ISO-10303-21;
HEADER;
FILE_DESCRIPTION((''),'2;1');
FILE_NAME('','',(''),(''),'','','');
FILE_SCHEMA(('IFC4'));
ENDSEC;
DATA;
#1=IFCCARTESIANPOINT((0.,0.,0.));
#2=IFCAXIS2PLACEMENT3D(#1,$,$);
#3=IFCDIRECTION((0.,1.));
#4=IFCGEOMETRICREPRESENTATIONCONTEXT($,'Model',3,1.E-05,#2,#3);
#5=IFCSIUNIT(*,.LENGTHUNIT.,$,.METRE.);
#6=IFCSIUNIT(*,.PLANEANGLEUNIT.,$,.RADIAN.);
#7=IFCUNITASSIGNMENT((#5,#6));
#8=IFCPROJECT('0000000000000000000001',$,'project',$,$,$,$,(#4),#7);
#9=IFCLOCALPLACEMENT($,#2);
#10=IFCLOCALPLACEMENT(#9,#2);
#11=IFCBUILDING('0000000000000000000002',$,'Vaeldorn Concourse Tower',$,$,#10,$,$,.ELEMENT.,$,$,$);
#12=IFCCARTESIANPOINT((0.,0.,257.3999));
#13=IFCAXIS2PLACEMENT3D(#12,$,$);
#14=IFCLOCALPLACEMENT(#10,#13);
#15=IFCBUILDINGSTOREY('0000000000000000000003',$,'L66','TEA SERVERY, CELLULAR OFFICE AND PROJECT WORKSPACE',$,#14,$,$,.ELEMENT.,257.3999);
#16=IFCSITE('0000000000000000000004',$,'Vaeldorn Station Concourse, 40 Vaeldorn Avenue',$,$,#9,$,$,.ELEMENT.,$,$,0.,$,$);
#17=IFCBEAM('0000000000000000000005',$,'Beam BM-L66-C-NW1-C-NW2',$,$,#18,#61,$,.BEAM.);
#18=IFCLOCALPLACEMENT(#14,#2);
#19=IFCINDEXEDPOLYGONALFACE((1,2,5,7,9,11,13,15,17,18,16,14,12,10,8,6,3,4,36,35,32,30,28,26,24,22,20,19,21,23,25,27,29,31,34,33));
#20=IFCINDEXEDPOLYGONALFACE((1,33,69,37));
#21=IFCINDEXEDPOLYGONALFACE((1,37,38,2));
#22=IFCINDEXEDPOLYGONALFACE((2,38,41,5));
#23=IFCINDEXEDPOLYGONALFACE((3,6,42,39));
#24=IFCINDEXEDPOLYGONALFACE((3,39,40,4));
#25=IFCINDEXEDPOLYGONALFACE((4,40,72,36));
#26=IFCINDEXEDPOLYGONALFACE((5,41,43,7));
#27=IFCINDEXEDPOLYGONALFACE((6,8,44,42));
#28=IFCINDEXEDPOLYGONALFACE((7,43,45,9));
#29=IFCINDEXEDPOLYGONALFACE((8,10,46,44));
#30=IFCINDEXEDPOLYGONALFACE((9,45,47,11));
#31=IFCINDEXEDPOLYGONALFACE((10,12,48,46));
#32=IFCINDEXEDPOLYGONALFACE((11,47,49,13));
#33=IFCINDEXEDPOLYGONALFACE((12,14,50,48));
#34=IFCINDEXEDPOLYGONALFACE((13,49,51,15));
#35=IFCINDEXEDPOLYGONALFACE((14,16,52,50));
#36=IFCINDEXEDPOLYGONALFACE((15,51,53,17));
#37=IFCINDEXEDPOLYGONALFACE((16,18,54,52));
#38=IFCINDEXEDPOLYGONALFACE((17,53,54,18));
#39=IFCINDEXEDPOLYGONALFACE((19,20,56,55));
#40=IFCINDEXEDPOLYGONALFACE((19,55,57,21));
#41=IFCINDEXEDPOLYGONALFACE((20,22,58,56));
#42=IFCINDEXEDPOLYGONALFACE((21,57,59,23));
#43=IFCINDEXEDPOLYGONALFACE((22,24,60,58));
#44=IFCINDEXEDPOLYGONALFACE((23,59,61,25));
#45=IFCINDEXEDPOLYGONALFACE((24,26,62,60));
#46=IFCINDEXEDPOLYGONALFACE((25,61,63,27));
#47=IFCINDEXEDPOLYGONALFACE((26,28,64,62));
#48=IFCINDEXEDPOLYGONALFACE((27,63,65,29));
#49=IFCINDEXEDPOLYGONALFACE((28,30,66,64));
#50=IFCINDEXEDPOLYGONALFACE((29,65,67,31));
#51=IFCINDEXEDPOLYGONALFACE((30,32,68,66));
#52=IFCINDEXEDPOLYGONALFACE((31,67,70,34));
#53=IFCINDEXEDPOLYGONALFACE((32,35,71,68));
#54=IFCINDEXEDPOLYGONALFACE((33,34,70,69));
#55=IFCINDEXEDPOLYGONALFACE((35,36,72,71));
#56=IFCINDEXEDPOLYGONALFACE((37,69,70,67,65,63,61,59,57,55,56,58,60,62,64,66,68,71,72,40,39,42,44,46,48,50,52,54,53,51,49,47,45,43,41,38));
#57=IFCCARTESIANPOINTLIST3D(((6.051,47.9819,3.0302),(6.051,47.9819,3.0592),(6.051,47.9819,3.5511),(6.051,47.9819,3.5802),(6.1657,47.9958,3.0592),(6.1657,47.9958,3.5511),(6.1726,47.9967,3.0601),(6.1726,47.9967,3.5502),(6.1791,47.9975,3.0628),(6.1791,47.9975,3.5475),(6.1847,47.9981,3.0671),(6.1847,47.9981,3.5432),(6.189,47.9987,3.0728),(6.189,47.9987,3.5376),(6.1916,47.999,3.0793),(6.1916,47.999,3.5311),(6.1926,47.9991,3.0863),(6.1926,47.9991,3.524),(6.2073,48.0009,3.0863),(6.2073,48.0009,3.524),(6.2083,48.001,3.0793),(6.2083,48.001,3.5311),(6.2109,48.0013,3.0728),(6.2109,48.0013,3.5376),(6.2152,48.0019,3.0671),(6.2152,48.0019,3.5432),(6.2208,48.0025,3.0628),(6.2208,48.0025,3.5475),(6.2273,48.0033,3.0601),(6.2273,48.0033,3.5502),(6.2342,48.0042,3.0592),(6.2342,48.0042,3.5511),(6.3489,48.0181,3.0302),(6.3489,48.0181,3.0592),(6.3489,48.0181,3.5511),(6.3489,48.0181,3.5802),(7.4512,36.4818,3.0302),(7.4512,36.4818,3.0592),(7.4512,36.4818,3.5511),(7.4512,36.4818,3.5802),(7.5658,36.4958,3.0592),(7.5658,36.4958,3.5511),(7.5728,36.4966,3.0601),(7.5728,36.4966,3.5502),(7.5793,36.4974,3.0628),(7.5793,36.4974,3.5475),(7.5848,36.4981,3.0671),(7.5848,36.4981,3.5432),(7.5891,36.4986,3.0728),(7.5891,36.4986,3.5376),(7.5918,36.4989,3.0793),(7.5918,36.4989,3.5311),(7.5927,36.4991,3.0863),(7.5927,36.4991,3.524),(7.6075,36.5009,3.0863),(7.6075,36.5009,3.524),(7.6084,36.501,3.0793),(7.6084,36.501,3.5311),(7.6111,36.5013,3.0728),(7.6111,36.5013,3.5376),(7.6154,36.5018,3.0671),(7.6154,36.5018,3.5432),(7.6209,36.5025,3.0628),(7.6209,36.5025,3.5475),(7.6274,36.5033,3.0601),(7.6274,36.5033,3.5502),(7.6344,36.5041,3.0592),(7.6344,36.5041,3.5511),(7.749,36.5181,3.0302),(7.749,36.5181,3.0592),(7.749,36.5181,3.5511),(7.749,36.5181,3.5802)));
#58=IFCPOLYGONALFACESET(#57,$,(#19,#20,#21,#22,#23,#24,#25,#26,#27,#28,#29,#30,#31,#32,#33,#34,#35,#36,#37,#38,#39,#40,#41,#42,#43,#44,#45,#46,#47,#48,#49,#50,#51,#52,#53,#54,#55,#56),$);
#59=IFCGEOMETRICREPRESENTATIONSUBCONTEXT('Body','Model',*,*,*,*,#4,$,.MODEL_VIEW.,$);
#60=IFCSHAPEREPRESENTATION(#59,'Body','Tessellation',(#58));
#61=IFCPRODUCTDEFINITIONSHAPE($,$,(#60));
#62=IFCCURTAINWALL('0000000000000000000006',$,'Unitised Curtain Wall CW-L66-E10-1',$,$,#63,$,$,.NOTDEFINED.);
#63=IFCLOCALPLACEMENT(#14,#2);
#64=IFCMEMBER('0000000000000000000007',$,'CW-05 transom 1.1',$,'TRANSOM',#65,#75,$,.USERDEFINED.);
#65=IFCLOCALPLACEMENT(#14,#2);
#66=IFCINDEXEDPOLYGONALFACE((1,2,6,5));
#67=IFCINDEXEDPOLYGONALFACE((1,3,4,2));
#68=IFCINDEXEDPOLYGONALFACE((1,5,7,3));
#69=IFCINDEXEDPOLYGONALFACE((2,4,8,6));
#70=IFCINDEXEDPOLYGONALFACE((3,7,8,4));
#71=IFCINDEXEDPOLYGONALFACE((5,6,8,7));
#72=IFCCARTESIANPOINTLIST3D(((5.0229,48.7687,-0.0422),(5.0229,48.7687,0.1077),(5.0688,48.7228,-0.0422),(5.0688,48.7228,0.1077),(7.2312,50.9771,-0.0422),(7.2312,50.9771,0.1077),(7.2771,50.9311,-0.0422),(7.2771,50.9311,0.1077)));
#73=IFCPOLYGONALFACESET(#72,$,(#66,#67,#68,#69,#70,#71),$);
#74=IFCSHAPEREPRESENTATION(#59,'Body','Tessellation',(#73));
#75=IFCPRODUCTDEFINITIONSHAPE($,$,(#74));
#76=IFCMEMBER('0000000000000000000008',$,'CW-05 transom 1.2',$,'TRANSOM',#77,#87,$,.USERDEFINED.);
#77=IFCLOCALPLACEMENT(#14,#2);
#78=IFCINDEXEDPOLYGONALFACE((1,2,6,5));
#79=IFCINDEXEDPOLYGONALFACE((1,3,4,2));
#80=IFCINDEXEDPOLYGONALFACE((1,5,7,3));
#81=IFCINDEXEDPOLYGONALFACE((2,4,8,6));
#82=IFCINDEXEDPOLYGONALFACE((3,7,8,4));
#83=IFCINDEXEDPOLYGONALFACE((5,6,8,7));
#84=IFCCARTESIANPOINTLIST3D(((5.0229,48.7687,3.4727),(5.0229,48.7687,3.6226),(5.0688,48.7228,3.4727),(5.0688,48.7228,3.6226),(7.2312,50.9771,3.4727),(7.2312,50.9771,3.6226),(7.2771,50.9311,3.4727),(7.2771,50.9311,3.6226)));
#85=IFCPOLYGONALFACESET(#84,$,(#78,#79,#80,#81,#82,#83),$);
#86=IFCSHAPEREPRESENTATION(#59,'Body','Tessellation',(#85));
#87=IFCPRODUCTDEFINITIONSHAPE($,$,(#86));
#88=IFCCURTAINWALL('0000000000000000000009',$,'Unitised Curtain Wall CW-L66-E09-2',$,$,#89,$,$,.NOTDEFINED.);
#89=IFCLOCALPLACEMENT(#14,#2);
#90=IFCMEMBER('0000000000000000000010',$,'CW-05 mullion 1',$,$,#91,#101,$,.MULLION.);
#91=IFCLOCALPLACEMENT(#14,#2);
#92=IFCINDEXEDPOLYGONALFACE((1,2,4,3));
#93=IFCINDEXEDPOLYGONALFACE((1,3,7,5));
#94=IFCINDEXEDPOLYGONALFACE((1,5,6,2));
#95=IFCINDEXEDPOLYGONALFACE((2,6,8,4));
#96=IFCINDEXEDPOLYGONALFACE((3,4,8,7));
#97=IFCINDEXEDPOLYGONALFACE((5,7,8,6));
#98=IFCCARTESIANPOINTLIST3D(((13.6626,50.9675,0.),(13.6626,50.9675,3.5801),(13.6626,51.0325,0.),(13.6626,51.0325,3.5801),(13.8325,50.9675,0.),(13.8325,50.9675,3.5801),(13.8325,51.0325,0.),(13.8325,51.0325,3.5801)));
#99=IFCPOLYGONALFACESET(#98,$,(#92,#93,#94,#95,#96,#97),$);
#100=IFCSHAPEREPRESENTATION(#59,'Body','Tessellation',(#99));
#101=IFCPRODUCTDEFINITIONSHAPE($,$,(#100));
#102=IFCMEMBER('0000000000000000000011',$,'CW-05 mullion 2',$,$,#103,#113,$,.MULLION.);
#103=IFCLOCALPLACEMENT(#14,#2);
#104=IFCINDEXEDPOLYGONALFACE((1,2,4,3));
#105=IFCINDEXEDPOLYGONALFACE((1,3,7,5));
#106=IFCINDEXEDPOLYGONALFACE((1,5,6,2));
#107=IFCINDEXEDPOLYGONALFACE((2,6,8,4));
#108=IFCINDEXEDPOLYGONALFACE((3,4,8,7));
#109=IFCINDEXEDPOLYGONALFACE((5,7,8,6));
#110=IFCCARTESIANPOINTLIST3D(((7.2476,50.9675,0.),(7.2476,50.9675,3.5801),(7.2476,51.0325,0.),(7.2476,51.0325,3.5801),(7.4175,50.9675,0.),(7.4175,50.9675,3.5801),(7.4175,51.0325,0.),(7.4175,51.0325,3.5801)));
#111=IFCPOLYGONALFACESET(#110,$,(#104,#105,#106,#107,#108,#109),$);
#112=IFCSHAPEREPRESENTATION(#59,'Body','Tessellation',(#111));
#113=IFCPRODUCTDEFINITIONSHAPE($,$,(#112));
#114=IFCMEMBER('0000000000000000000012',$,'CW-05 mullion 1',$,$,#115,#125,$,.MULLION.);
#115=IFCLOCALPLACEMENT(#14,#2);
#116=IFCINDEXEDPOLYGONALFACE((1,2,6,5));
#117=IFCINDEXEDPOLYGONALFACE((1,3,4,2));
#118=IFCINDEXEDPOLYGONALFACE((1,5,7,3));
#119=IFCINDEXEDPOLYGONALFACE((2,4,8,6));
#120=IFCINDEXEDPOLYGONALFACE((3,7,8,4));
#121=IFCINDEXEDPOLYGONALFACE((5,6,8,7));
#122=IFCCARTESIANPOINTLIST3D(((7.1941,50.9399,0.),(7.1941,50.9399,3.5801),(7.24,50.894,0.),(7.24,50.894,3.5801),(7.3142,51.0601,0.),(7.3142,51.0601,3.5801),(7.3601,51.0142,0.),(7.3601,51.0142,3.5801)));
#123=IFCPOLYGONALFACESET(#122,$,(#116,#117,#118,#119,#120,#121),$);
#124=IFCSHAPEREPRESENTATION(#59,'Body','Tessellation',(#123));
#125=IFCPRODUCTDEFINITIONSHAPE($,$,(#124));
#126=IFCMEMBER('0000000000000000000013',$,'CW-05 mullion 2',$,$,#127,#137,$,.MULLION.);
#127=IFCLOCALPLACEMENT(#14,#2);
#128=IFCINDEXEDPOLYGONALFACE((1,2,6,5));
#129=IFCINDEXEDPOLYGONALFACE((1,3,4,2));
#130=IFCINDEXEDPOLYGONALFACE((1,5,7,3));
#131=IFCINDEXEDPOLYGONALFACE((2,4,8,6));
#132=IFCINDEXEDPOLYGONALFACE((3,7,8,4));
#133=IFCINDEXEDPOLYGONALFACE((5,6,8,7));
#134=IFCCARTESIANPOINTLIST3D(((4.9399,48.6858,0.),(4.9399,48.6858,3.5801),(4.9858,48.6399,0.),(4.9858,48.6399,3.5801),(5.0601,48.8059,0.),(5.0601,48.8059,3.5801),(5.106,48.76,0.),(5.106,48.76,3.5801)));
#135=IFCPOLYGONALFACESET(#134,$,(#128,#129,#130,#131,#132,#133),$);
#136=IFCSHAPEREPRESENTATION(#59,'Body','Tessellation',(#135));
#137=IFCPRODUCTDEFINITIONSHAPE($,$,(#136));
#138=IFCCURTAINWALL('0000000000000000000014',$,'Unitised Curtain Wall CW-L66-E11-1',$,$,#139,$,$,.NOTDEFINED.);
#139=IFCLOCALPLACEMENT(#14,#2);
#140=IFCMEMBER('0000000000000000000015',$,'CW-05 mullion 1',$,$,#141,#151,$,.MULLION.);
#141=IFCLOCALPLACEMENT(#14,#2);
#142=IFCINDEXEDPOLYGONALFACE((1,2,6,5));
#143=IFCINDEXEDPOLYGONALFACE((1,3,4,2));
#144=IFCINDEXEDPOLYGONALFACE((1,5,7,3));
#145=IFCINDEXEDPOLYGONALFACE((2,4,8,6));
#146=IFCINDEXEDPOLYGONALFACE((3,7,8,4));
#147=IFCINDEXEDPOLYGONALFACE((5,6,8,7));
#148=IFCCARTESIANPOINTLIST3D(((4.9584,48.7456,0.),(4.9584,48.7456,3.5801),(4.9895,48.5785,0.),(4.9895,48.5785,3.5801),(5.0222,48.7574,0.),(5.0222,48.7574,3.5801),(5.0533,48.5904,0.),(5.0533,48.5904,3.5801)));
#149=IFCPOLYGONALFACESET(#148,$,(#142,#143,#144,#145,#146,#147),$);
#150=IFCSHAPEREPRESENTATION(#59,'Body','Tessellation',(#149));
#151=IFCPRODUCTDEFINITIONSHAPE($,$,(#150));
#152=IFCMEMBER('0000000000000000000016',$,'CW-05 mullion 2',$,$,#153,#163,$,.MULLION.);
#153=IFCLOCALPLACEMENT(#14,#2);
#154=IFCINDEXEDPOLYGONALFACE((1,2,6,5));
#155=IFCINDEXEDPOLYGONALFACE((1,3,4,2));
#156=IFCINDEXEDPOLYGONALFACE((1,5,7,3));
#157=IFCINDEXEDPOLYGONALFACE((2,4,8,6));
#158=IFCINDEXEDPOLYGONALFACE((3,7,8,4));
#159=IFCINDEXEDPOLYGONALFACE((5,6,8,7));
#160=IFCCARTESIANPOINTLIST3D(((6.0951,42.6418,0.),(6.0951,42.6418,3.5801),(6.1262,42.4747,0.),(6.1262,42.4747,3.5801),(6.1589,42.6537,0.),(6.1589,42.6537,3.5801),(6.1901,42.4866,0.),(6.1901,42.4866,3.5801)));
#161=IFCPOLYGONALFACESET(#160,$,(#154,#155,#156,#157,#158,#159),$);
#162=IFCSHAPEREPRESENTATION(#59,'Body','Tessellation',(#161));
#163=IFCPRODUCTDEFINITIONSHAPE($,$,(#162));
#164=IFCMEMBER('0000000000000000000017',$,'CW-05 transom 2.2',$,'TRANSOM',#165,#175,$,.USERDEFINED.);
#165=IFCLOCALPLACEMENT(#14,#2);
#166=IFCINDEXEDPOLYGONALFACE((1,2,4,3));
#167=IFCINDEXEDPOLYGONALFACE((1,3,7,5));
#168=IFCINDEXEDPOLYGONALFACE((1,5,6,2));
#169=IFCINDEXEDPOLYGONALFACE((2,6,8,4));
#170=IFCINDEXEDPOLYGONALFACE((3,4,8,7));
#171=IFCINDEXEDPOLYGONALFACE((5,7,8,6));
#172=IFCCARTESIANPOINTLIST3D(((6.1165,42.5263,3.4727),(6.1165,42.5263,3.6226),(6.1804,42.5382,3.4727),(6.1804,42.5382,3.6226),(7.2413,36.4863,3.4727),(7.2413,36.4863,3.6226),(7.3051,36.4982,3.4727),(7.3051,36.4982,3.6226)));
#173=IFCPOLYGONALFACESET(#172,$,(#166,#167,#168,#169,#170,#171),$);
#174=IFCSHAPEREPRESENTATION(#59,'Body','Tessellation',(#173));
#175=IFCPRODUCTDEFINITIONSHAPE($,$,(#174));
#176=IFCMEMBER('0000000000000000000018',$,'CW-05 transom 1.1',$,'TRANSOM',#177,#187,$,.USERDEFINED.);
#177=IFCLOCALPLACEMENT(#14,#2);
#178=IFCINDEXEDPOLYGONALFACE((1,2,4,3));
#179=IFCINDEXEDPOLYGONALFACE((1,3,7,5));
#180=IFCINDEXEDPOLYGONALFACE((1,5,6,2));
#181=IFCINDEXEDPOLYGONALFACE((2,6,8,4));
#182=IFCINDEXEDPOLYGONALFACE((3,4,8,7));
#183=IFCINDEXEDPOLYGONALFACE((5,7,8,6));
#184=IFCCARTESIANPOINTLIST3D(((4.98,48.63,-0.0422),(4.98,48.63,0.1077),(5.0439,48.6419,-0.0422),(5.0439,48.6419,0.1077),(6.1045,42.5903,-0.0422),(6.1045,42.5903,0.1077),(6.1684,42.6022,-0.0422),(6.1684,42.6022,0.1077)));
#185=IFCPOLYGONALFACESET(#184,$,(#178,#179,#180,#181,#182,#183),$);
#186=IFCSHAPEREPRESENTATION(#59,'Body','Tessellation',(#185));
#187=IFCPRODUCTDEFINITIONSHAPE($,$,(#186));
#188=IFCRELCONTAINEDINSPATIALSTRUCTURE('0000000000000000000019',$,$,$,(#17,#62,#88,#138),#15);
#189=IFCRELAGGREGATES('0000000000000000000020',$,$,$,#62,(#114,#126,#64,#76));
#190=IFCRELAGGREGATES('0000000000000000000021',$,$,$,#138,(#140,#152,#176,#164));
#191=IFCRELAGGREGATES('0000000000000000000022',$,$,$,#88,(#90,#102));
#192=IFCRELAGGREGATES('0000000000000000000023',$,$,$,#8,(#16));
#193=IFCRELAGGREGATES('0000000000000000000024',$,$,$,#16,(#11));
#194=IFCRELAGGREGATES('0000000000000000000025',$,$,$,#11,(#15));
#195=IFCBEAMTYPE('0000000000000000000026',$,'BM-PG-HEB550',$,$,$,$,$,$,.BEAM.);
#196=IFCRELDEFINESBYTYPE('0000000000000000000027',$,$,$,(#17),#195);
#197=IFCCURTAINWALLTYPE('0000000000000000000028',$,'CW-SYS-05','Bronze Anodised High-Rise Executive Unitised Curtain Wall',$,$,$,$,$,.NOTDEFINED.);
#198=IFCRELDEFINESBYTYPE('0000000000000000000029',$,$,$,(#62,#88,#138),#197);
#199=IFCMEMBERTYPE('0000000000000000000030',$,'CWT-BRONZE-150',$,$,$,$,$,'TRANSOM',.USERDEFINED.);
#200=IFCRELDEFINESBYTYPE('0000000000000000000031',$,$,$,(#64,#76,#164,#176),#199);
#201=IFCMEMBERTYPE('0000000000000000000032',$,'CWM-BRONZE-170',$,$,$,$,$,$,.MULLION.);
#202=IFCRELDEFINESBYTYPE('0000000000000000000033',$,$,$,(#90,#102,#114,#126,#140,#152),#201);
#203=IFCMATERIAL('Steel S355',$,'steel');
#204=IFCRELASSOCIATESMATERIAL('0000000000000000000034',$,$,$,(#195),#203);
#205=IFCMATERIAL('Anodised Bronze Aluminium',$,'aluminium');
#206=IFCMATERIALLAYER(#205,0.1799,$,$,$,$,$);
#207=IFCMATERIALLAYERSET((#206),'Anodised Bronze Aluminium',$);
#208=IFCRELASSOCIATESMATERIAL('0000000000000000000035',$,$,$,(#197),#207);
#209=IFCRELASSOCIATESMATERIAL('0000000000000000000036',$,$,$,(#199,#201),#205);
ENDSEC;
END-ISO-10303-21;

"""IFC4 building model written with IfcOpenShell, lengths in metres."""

from ifc_helpers import new_model, si_unit, direction, frame, origin, origin_2d, place, context, subcontext, project, spatial, rectangle, i_section, extrude, source, transform, mapped, material, layer, layer_set, material_profile, profile_set, type_object, element, aggregate, save


model = new_model("IFC4")

# Units and contexts
model_context = context("Model", 3, precision=1e-05, world=origin(), true_north=direction((0.0, 1.0)))
body_context = subcontext(model_context, "Body", "Model", "MODEL_VIEW")
ifc_project = project(units=[si_unit("LENGTHUNIT", "METRE"), si_unit("PLANEANGLEUNIT", "RADIAN")], contexts=[model_context])

# Site, building, storey
site_placement = place(None, origin())
site = spatial("IfcSite", under=ifc_project, at=site_placement, Name="Vaeldorn Station Concourse, 40 Vaeldorn Avenue", CompositionType="ELEMENT", RefElevation=0.0)
building_placement = place(site_placement, origin())
building = spatial("IfcBuilding", under=site, at=building_placement, Name="Vaeldorn Concourse Tower", CompositionType="ELEMENT")
storey_placement = place(building_placement, frame((0.0, 0.0, 257.3999)))
storey = spatial("IfcBuildingStorey", under=building, at=storey_placement, Name="L66", Description="TEA SERVERY, CELLULAR OFFICE AND PROJECT WORKSPACE", CompositionType="ELEMENT", Elevation=257.3999)

# Shared definitions
ifc_material_1 = material(Name="Steel S355", Category="steel")

# Beam
ifc_material_profile_1 = material_profile(ifc_material_1, i_section(OverallWidth=0.3, OverallDepth=0.55, WebThickness=0.0149, FlangeThickness=0.0291, FilletRadius=0.0271, at=origin_2d()), Name="HEB 550")
ifc_profile_set_1 = profile_set([ifc_material_profile_1], Name="Steel S355")
beam_type_1 = type_object("IfcBeamType", Name="BM-PG-HEB550", PredefinedType="BEAM", material=ifc_profile_set_1)
shared_shape_1 = source(origin(), body_context, "Body", "SweptSolid", [
    extrude(i_section(OverallWidth=0.3, OverallDepth=0.55, WebThickness=0.0149, FlangeThickness=0.0291, FilletRadius=0.0271, at=origin_2d()), origin(), (0.0, 0.0, 1.0), 11.585),
])
beam_1_placement = place(storey_placement, frame((6.2, 48.0, 3.3052), z_axis=(0.120859, -0.99267, 0.0), x_axis=(0.99267, 0.120859, 0.0)))
element("IfcBeam", 1, at=beam_1_placement, inside=storey, type_object=beam_type_1, Name="Beam BM-L66-C-NW1-C-NW2", PredefinedType="BEAM", context=body_context, shape_type="MappedRepresentation", body=[
    mapped(shared_shape_1, transform((0.0, 0.0, 0.0), scale=1.0)),
])

# Curtain walls, members
ifc_material_2 = material(Name="Anodised Bronze Aluminium", Category="aluminium")
ifc_layer_1 = layer(ifc_material_2, 0.1799)
ifc_layer_set_1 = layer_set([ifc_layer_1], Name="Anodised Bronze Aluminium")
curtain_wall_type = type_object("IfcCurtainWallType", Name="CW-SYS-05", Description="Bronze Anodised High-Rise Executive Unitised Curtain Wall", PredefinedType="NOTDEFINED", material=ifc_layer_set_1)
curtain_wall_1_placement = place(storey_placement, origin())
curtain_wall_1 = element("IfcCurtainWall", 2, at=curtain_wall_1_placement, inside=storey, type_object=curtain_wall_type, Name="Unitised Curtain Wall CW-L66-E10-1", PredefinedType="NOTDEFINED")
ifc_material_profile_2 = material_profile(ifc_material_2, rectangle(XDim=0.0649, YDim=0.1499, at=origin_2d()), Name="CWT 65x150")
ifc_profile_set_2 = profile_set([ifc_material_profile_2], Name="Anodised Bronze Aluminium")
member_type_1 = type_object("IfcMemberType", Name="CWT-BRONZE-150", ElementType="TRANSOM", PredefinedType="USERDEFINED", material=ifc_profile_set_2)
shared_shape_2 = source(origin(), body_context, "Body", "SweptSolid", [
    extrude(rectangle(XDim=0.0649, YDim=0.1499, at=origin_2d()), origin(), (0.0, 0.0, 1.0), 3.123),
])
member_1_placement = place(storey_placement, frame((7.2542, 50.9541, 0.0327), z_axis=(-0.707107, -0.707107, 0.0), x_axis=(0.707107, -0.707107, 0.0)))
member_1 = element("IfcMember", 3, at=member_1_placement, type_object=member_type_1, Name="CW-05 transom 1.1", ObjectType="TRANSOM", PredefinedType="USERDEFINED", context=body_context, shape_type="MappedRepresentation", body=[
    mapped(shared_shape_2, transform((0.0, 0.0, 0.0), scale=1.0)),
])
member_2_placement = place(storey_placement, frame((7.2542, 50.9541, 3.5476), z_axis=(-0.707107, -0.707107, 0.0), x_axis=(0.707107, -0.707107, 0.0)))
member_2 = element("IfcMember", 4, at=member_2_placement, type_object=member_type_1, Name="CW-05 transom 1.2", ObjectType="TRANSOM", PredefinedType="USERDEFINED", context=body_context, shape_type="MappedRepresentation", body=[
    mapped(shared_shape_2, transform((0.0, 0.0, 0.0), scale=1.0)),
])
curtain_wall_2_placement = place(storey_placement, origin())
curtain_wall_2 = element("IfcCurtainWall", 5, at=curtain_wall_2_placement, inside=storey, type_object=curtain_wall_type, Name="Unitised Curtain Wall CW-L66-E09-2", PredefinedType="NOTDEFINED")
ifc_material_profile_3 = material_profile(ifc_material_2, rectangle(XDim=0.0649, YDim=0.1699, at=origin_2d()), Name="CWM 65x170")
ifc_profile_set_3 = profile_set([ifc_material_profile_3], Name="Anodised Bronze Aluminium")
member_type_2 = type_object("IfcMemberType", Name="CWM-BRONZE-170", PredefinedType="MULLION", material=ifc_profile_set_3)
shared_shape_3 = source(origin(), body_context, "Body", "SweptSolid", [
    extrude(rectangle(XDim=0.0649, YDim=0.1699, at=origin_2d()), origin(), (0.0, 0.0, 1.0), 3.5801),
])
member_3_placement = place(storey_placement, frame((13.7476, 51.0, 0.0), z_axis=(0.0, 0.0, 1.0), x_axis=(0.0, -1.0, 0.0)))
member_3 = element("IfcMember", 6, at=member_3_placement, type_object=member_type_2, Name="CW-05 mullion 1", PredefinedType="MULLION", context=body_context, shape_type="MappedRepresentation", body=[
    mapped(shared_shape_3, transform((0.0, 0.0, 0.0), scale=1.0)),
])
member_4_placement = place(storey_placement, frame((7.3325, 51.0, 0.0), z_axis=(0.0, 0.0, 1.0), x_axis=(0.0, -1.0, 0.0)))
member_4 = element("IfcMember", 7, at=member_4_placement, type_object=member_type_2, Name="CW-05 mullion 2", PredefinedType="MULLION", context=body_context, shape_type="MappedRepresentation", body=[
    mapped(shared_shape_3, transform((0.0, 0.0, 0.0), scale=1.0)),
])

# Members
member_5_placement = place(storey_placement, frame((7.2771, 50.9771, 0.0), z_axis=(0.0, 0.0, 1.0), x_axis=(0.707107, -0.707107, 0.0)))
member_5 = element("IfcMember", 8, at=member_5_placement, type_object=member_type_2, Name="CW-05 mullion 1", PredefinedType="MULLION", context=body_context, shape_type="MappedRepresentation", body=[
    mapped(shared_shape_3, transform((0.0, 0.0, 0.0), scale=1.0)),
])
member_6_placement = place(storey_placement, frame((5.0229, 48.7229, 0.0), z_axis=(0.0, 0.0, 1.0), x_axis=(0.707107, -0.707107, 0.0)))
member_6 = element("IfcMember", 9, at=member_6_placement, type_object=member_type_2, Name="CW-05 mullion 2", PredefinedType="MULLION", context=body_context, shape_type="MappedRepresentation", body=[
    mapped(shared_shape_3, transform((0.0, 0.0, 0.0), scale=1.0)),
])

# Curtain wall, members
curtain_wall_3_placement = place(storey_placement, origin())
curtain_wall_3 = element("IfcCurtainWall", 10, at=curtain_wall_3_placement, inside=storey, type_object=curtain_wall_type, Name="Unitised Curtain Wall CW-L66-E11-1", PredefinedType="NOTDEFINED")
member_7_placement = place(storey_placement, frame((5.0059, 48.668, 0.0), z_axis=(0.0, 0.0, 1.0), x_axis=(0.983103, 0.183054, 0.0)))
member_7 = element("IfcMember", 11, at=member_7_placement, type_object=member_type_2, Name="CW-05 mullion 1", PredefinedType="MULLION", context=body_context, shape_type="MappedRepresentation", body=[
    mapped(shared_shape_3, transform((0.0, 0.0, 0.0), scale=1.0)),
])
member_8_placement = place(storey_placement, frame((6.1426, 42.5642, 0.0), z_axis=(0.0, 0.0, 1.0), x_axis=(0.983103, 0.183054, 0.0)))
member_8 = element("IfcMember", 12, at=member_8_placement, type_object=member_type_2, Name="CW-05 mullion 2", PredefinedType="MULLION", context=body_context, shape_type="MappedRepresentation", body=[
    mapped(shared_shape_3, transform((0.0, 0.0, 0.0), scale=1.0)),
])
shared_shape_4 = source(origin(), body_context, "Body", "SweptSolid", [
    extrude(rectangle(XDim=0.0649, YDim=0.1499, at=origin_2d()), origin(), (0.0, 0.0, 1.0), 6.1438),
])
member_9_placement = place(storey_placement, frame((6.1484, 42.5322, 3.5476), z_axis=(0.18307, -0.9831, 0.0), x_axis=(0.9831, 0.18307, 0.0)))
member_9 = element("IfcMember", 13, at=member_9_placement, type_object=member_type_1, Name="CW-05 transom 2.2", ObjectType="TRANSOM", PredefinedType="USERDEFINED", context=body_context, shape_type="MappedRepresentation", body=[
    mapped(shared_shape_4, transform((0.0, 0.0, 0.0), scale=1.0)),
])
shared_shape_5 = source(origin(), body_context, "Body", "SweptSolid", [
    extrude(rectangle(XDim=0.0649, YDim=0.1499, at=origin_2d()), origin(), (0.0, 0.0, 1.0), 6.1436),
])
member_10_placement = place(storey_placement, frame((5.012, 48.636, 0.0327), z_axis=(0.183038, -0.983106, 0.0), x_axis=(0.983106, 0.183038, 0.0)))
member_10 = element("IfcMember", 14, at=member_10_placement, type_object=member_type_1, Name="CW-05 transom 1.1", ObjectType="TRANSOM", PredefinedType="USERDEFINED", context=body_context, shape_type="MappedRepresentation", body=[
    mapped(shared_shape_5, transform((0.0, 0.0, 0.0), scale=1.0)),
])

aggregate(curtain_wall_1, [member_5, member_6, member_1, member_2])
aggregate(curtain_wall_3, [member_7, member_8, member_10, member_9])
aggregate(curtain_wall_2, [member_3, member_4])

save(model, "model.ifc")
